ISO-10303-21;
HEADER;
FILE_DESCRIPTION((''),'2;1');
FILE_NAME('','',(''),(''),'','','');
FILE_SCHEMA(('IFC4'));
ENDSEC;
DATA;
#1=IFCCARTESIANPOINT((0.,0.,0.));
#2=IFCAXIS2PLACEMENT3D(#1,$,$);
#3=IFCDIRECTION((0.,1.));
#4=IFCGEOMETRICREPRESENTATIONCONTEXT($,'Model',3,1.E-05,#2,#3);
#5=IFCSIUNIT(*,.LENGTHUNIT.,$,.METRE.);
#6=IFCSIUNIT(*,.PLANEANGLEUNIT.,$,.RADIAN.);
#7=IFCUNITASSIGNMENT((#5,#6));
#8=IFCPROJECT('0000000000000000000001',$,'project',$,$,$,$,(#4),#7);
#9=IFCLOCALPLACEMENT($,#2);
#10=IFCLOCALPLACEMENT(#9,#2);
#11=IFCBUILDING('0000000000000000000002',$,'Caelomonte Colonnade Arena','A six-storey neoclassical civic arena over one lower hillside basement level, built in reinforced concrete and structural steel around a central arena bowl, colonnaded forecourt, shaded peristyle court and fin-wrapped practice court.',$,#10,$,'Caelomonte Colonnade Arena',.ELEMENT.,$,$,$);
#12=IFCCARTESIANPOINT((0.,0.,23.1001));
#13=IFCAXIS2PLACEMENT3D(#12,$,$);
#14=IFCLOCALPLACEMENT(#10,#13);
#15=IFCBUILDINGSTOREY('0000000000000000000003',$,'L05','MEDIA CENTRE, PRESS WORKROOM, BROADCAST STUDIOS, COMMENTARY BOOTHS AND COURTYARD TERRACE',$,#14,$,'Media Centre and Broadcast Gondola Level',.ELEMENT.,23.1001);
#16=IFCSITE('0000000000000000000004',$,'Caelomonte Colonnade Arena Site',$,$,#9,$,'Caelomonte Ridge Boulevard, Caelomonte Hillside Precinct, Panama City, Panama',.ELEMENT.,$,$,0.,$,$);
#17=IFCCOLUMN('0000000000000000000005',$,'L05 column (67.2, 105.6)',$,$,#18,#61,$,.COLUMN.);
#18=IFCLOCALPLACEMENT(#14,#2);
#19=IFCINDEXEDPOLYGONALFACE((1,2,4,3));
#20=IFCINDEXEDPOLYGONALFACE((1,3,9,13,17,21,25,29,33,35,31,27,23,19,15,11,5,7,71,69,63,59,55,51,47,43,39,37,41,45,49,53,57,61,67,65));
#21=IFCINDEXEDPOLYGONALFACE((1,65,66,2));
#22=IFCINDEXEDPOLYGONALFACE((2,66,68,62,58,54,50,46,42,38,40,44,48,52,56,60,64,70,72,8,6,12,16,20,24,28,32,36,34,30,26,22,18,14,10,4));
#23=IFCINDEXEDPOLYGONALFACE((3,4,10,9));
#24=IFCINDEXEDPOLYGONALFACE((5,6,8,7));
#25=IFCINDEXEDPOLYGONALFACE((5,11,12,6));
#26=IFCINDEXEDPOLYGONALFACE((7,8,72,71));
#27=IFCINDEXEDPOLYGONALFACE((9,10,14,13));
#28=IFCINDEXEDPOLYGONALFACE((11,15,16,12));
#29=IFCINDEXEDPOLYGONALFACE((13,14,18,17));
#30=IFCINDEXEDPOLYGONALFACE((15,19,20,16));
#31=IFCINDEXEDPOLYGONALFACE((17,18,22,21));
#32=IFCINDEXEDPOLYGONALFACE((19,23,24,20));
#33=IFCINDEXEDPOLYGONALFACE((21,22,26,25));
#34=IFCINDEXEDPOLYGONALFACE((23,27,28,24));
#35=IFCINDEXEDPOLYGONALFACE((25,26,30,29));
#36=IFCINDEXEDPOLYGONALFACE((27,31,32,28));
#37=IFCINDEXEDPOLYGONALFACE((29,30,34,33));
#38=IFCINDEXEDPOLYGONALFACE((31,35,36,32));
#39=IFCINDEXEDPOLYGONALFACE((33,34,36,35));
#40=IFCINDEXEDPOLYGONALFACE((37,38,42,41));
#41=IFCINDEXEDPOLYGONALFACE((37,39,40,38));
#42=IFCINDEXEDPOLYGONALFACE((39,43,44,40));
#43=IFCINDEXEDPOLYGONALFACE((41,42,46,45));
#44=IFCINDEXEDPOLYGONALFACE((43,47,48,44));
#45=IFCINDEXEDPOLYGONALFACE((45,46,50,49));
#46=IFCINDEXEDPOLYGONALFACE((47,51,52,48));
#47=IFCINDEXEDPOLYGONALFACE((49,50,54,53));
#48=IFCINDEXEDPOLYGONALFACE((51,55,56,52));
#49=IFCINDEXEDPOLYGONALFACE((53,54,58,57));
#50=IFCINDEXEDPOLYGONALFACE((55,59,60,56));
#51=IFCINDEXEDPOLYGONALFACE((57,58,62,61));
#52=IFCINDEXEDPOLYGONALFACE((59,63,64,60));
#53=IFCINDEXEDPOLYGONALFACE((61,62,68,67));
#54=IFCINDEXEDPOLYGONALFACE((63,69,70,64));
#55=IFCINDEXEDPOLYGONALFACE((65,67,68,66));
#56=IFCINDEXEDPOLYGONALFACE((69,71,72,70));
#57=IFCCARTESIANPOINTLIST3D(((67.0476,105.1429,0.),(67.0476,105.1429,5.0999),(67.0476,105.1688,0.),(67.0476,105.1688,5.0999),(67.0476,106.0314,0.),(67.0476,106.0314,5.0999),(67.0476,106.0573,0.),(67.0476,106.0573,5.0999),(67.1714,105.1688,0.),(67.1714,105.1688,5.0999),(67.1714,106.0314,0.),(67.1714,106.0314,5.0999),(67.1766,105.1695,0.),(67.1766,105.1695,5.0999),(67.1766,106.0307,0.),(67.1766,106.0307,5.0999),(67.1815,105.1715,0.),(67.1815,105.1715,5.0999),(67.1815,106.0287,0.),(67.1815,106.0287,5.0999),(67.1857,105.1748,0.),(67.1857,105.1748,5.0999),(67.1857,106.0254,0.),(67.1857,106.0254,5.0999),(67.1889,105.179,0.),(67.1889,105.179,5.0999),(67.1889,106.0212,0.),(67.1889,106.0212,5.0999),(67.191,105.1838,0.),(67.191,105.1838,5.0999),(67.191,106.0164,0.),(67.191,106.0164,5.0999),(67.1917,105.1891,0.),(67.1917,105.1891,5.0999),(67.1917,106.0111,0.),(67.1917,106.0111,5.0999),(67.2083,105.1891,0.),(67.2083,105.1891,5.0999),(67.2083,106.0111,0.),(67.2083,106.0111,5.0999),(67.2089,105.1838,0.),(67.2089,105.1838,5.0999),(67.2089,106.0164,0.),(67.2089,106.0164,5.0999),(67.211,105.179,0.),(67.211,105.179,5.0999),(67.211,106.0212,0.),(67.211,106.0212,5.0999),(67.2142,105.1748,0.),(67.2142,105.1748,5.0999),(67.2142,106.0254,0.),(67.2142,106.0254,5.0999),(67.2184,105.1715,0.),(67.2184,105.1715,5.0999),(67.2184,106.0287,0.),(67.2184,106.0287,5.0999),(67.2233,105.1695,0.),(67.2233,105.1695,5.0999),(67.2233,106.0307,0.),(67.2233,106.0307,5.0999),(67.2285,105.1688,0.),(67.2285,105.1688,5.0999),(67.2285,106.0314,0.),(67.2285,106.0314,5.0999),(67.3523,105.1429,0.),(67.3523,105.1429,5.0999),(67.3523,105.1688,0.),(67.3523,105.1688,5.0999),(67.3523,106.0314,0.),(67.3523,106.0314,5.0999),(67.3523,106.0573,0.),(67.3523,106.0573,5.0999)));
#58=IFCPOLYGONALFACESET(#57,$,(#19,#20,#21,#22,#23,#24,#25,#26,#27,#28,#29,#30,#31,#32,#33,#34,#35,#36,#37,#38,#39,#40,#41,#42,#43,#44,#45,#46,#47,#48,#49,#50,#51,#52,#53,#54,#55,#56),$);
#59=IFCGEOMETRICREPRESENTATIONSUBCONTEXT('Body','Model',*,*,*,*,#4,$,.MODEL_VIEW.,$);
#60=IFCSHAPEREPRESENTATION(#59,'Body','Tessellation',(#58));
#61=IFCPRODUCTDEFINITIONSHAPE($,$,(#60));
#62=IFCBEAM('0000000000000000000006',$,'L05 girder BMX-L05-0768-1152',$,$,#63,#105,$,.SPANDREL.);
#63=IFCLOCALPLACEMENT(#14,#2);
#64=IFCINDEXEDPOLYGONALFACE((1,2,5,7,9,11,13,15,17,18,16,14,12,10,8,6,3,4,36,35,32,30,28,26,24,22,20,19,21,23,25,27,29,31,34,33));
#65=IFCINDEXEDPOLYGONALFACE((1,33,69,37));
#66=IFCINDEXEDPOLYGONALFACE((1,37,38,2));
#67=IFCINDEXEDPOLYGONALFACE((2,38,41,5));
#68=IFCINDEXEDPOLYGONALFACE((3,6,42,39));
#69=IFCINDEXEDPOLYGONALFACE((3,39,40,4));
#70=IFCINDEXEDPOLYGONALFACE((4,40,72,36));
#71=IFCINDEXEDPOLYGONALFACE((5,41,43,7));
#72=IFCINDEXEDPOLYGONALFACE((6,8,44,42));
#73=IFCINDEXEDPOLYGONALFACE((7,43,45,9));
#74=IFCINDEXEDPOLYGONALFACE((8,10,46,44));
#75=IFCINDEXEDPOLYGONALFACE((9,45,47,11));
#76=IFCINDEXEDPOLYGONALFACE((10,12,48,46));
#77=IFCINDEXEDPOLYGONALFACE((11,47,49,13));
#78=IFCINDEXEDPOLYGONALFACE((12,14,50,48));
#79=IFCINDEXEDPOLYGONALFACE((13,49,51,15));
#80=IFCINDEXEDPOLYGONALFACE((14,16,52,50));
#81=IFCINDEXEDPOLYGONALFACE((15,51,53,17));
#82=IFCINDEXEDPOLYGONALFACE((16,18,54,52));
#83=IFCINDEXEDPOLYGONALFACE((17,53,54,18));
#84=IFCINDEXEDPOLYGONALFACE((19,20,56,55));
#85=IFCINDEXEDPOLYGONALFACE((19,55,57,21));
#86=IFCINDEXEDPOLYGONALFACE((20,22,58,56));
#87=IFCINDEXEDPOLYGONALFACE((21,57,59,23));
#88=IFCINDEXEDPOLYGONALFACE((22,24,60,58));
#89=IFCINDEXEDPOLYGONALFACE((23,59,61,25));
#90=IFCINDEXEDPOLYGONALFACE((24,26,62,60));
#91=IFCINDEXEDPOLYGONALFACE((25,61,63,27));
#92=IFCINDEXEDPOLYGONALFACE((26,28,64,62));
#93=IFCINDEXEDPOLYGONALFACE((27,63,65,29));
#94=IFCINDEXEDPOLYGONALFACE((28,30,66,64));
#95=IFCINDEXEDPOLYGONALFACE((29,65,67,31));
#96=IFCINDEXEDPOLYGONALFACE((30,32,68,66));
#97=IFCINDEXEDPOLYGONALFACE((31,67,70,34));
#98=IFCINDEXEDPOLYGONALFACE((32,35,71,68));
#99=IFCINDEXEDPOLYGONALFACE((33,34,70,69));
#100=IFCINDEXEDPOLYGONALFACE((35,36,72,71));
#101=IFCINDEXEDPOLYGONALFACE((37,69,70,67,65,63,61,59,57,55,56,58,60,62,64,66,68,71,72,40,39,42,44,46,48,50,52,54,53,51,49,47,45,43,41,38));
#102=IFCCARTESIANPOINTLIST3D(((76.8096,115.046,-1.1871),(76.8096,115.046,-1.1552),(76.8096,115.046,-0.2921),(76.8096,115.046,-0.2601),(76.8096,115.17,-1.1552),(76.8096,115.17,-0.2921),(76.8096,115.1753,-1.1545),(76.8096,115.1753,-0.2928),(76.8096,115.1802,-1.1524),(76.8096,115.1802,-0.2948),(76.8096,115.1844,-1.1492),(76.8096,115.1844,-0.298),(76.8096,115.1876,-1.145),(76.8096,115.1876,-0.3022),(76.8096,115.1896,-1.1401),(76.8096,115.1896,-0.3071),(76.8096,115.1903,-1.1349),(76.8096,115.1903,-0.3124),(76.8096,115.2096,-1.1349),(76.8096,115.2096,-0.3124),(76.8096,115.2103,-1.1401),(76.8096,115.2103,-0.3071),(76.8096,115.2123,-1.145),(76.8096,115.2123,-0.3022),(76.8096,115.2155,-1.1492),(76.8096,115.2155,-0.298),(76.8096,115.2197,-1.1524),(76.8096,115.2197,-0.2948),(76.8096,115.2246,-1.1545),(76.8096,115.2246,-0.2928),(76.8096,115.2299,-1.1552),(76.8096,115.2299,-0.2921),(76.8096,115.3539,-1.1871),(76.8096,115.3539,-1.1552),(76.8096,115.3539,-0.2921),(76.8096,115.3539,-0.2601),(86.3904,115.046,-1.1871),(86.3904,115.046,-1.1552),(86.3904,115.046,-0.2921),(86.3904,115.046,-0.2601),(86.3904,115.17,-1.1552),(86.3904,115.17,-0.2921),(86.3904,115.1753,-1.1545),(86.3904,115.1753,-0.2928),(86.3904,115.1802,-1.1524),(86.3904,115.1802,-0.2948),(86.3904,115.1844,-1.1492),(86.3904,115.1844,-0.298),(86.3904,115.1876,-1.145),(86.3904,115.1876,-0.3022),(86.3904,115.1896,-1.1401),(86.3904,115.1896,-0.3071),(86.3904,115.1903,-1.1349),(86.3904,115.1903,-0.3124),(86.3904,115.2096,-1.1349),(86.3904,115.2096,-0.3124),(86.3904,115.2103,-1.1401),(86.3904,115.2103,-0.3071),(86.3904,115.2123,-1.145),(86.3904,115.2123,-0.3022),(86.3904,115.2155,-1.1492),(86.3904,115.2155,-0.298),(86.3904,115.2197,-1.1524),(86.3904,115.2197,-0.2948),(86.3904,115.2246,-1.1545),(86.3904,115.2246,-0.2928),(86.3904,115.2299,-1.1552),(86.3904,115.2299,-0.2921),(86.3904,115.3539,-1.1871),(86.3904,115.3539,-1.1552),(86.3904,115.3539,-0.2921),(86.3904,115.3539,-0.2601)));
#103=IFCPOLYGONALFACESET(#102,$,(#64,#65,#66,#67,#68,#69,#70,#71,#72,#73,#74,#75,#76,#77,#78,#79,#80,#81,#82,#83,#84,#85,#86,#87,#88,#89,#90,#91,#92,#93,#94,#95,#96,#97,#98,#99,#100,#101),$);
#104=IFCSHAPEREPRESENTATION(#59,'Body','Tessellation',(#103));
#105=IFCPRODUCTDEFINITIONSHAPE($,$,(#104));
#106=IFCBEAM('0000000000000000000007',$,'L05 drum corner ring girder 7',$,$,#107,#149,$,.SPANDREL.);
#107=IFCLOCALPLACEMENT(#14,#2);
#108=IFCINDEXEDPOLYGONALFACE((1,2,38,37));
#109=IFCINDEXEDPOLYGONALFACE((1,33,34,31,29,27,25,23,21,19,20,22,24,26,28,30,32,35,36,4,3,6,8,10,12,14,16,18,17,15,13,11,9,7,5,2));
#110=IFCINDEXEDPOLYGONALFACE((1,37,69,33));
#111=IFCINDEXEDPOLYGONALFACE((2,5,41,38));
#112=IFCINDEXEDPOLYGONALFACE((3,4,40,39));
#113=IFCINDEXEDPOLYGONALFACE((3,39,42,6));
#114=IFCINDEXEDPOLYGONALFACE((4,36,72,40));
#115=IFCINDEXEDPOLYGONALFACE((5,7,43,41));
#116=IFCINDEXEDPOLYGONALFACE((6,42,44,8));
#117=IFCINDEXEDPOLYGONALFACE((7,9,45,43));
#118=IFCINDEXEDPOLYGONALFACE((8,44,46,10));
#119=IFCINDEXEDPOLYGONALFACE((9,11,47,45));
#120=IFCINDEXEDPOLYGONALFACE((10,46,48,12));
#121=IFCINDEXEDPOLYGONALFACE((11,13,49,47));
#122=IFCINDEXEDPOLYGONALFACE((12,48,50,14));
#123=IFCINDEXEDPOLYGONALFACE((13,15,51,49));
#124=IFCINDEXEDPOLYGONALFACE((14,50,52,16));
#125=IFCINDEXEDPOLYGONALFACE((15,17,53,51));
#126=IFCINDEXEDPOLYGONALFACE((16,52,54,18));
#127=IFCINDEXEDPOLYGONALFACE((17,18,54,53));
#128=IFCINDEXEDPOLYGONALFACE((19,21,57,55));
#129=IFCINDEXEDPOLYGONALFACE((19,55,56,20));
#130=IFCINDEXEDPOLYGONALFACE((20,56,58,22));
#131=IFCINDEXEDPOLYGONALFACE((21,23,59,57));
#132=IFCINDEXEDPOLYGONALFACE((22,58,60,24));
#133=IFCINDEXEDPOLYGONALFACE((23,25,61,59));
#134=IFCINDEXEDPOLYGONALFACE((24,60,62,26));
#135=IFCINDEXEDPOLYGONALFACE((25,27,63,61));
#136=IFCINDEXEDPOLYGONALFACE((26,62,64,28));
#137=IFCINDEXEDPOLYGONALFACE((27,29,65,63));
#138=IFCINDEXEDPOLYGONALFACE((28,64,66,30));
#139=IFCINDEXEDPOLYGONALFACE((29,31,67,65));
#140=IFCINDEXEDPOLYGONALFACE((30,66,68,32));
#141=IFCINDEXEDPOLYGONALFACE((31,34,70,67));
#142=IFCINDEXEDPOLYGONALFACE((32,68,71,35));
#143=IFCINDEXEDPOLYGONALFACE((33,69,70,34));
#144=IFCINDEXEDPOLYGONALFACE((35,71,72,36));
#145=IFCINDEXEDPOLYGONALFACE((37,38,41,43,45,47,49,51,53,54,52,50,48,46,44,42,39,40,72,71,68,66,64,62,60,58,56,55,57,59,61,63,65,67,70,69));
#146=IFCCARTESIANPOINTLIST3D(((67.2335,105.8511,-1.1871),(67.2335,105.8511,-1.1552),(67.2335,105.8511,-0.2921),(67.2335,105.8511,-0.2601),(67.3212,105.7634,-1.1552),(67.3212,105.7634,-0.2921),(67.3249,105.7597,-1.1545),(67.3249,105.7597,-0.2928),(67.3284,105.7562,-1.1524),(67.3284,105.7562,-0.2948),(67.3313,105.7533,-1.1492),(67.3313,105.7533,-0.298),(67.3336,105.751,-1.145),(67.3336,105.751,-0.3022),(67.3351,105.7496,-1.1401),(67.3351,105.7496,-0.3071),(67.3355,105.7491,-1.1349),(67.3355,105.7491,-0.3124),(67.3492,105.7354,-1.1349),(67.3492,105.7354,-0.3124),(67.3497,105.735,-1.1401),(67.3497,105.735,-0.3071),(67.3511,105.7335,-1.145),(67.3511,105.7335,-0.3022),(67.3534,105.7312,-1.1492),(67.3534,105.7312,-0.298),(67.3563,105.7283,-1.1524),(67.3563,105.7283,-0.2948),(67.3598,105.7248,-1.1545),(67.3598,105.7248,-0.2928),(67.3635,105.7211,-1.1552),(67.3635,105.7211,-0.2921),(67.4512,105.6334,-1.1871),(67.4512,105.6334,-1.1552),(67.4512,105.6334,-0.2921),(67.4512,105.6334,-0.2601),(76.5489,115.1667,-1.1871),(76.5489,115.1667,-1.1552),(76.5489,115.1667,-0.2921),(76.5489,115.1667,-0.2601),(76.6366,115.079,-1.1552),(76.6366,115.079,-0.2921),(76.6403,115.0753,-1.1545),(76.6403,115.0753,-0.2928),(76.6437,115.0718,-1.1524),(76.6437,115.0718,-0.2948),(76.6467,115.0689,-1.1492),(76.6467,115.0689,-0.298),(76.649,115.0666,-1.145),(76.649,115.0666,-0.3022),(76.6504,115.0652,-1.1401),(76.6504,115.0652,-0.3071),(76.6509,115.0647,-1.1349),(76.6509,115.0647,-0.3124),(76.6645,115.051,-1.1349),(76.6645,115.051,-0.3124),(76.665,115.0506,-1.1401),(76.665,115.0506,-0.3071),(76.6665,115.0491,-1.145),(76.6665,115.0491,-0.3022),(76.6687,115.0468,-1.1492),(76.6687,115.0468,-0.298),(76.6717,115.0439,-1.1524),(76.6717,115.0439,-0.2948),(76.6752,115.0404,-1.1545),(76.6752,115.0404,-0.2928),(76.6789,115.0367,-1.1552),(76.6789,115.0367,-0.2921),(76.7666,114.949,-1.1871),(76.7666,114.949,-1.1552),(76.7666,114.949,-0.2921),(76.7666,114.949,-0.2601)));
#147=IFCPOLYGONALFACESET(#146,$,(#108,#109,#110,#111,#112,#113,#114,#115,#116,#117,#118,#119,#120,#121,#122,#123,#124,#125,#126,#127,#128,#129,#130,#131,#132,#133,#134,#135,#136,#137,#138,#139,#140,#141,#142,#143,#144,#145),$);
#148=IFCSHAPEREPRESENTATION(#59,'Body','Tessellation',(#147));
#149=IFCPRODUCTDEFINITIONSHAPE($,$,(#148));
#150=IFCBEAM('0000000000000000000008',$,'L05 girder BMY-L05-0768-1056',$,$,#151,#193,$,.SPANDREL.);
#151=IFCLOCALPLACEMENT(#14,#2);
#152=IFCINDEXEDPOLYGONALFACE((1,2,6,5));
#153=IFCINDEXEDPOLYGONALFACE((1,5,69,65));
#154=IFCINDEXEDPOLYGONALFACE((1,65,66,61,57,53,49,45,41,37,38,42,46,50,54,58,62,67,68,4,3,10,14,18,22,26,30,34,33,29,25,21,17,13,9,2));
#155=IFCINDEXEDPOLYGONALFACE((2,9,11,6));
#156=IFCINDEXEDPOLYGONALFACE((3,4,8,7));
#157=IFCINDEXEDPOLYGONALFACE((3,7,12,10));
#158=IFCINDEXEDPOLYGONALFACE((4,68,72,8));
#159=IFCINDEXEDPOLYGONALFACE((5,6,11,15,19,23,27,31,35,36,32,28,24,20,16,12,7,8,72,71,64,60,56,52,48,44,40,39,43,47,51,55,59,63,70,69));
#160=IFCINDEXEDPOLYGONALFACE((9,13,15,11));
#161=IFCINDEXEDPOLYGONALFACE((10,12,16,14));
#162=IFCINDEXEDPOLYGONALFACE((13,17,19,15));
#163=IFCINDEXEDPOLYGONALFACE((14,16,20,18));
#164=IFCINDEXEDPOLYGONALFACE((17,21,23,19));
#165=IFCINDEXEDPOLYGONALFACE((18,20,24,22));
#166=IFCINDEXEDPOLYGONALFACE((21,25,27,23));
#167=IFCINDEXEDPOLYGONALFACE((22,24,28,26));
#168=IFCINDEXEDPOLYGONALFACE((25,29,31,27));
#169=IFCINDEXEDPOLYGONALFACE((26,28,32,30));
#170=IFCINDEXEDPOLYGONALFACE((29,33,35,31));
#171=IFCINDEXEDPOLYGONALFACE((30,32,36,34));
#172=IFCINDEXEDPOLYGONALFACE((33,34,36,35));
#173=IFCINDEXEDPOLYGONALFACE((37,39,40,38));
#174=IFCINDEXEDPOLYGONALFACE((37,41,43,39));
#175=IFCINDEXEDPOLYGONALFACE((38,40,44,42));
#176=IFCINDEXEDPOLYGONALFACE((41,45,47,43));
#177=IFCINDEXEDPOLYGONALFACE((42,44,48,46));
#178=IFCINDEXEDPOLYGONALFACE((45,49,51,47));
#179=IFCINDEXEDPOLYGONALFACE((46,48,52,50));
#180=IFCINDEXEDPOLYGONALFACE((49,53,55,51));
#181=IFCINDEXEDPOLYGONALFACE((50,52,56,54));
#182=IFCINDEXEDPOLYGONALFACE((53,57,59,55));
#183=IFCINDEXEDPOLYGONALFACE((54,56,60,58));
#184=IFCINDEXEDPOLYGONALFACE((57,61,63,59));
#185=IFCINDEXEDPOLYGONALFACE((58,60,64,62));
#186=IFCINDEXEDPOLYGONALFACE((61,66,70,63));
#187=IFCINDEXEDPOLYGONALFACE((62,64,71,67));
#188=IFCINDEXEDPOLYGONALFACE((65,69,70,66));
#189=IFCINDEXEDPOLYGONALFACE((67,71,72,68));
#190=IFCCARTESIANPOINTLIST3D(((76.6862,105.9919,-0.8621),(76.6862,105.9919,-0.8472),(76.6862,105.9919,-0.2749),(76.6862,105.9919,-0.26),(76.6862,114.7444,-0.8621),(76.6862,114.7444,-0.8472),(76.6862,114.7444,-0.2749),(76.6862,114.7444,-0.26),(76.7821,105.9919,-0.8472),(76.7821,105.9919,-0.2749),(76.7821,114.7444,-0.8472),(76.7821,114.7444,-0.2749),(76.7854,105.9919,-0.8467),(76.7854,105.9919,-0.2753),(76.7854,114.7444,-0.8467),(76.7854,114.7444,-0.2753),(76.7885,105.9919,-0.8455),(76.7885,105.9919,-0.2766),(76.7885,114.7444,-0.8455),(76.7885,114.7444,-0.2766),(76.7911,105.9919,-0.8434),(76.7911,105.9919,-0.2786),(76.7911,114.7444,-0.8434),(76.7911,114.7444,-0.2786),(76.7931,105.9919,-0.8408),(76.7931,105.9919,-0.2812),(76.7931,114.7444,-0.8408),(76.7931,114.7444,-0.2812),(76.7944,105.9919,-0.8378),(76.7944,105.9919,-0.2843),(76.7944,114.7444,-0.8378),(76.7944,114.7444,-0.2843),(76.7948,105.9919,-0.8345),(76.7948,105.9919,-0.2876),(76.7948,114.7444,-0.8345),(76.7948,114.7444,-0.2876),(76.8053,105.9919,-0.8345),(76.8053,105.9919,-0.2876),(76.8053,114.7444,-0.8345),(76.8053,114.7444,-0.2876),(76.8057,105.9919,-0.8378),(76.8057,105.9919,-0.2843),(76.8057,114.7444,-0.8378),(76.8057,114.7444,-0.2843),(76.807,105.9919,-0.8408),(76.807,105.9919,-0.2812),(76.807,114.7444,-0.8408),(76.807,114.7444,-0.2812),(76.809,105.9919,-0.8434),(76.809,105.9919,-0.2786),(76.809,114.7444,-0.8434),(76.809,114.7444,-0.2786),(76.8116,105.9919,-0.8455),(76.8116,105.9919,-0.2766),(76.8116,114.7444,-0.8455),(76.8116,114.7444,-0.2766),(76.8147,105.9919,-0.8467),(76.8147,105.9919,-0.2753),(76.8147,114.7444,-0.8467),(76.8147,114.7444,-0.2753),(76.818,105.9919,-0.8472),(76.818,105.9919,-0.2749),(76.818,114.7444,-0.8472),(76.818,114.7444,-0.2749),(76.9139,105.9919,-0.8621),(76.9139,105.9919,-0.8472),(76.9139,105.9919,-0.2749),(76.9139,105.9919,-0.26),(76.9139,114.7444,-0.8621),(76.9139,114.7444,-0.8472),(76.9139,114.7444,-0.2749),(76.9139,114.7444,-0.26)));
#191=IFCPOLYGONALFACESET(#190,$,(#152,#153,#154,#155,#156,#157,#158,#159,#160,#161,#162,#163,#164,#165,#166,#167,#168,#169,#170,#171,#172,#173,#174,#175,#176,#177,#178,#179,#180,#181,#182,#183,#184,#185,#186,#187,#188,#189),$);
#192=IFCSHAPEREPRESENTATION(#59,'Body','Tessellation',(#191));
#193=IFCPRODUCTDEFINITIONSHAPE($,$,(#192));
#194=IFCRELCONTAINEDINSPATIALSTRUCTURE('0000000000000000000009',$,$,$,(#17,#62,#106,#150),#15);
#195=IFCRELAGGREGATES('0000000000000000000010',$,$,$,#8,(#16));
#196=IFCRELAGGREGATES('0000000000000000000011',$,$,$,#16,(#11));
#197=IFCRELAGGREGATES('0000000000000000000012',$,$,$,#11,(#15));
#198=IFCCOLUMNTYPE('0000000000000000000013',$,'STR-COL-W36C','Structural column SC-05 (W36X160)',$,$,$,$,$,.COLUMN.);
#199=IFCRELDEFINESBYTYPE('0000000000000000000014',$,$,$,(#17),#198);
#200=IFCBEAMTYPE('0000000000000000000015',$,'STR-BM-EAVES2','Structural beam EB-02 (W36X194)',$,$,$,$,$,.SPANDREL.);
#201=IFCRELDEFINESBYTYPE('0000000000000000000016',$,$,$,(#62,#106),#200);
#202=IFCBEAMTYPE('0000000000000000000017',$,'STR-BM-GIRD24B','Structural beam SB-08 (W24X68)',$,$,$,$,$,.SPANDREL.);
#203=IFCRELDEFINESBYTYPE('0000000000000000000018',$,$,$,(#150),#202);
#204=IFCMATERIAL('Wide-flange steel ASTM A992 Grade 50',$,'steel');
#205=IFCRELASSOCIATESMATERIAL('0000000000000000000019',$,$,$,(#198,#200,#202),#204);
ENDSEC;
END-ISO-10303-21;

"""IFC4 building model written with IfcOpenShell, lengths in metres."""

from ifc_helpers import new_model, si_unit, direction, frame, origin, origin_2d, place, context, subcontext, project, spatial, i_section, extrude, material, material_profile, profile_set, type_object, element, save


model = new_model("IFC4")

# Units and contexts
model_context = context("Model", 3, precision=1e-05, world=origin(), true_north=direction((0.0, 1.0)))
body_context = subcontext(model_context, "Body", "Model", "MODEL_VIEW")
ifc_project = project(units=[si_unit("LENGTHUNIT", "METRE"), si_unit("PLANEANGLEUNIT", "RADIAN")], contexts=[model_context])

# Site, building, storey
site_placement = place(None, origin())
site = spatial("IfcSite", under=ifc_project, at=site_placement, Name="Caelomonte Colonnade Arena Site", LongName="Caelomonte Ridge Boulevard, Caelomonte Hillside Precinct, Panama City, Panama", CompositionType="ELEMENT", RefElevation=0.0)
building_placement = place(site_placement, origin())
building = spatial("IfcBuilding", under=site, at=building_placement, Name="Caelomonte Colonnade Arena", Description="A six-storey neoclassical civic arena over one lower hillside basement level, built in reinforced concrete and structural steel around a central arena bowl, colonnaded forecourt, shaded peristyle court and fin-wrapped practice court.", LongName="Caelomonte Colonnade Arena", CompositionType="ELEMENT")
storey_placement = place(building_placement, frame((0.0, 0.0, 23.1001)))
storey = spatial("IfcBuildingStorey", under=building, at=storey_placement, Name="L05", Description="MEDIA CENTRE, PRESS WORKROOM, BROADCAST STUDIOS, COMMENTARY BOOTHS AND COURTYARD TERRACE", LongName="Media Centre and Broadcast Gondola Level", CompositionType="ELEMENT", Elevation=23.1001)

# Column
ifc_material_1 = material(Name="Wide-flange steel ASTM A992 Grade 50", Category="steel")
ifc_material_profile_1 = material_profile(ifc_material_1, i_section(OverallWidth=0.3047, OverallDepth=0.9143, WebThickness=0.0166, FlangeThickness=0.0259, FilletRadius=0.0203, at=origin_2d()), Name="W36X160")
ifc_profile_set_1 = profile_set([ifc_material_profile_1], Name="Wide-flange steel ASTM A992 Grade 50")
column_type = type_object("IfcColumnType", Name="STR-COL-W36C", Description="Structural column SC-05 (W36X160)", PredefinedType="COLUMN", material=ifc_profile_set_1)
column_placement = place(storey_placement, frame((67.2, 105.6001, 0.0), z_axis=(0.0, 0.0, 1.0), x_axis=(1.0, 0.0, 0.0)))
element("IfcColumn", 1, at=column_placement, inside=storey, type_object=column_type, Name="L05 column (67.2, 105.6)", PredefinedType="COLUMN", context=body_context, shape_type="SweptSolid", body=[
    extrude(i_section(OverallWidth=0.3047, OverallDepth=0.9143, WebThickness=0.0166, FlangeThickness=0.0259, FilletRadius=0.0203, at=origin_2d()), origin(), (0.0, 0.0, 1.0), 5.0999),
])

# Beams
ifc_material_profile_2 = material_profile(ifc_material_1, i_section(OverallWidth=0.3079, OverallDepth=0.927, WebThickness=0.0193, FlangeThickness=0.032, FilletRadius=0.0203, at=origin_2d()), Name="W36X194")
ifc_profile_set_2 = profile_set([ifc_material_profile_2], Name="Wide-flange steel ASTM A992 Grade 50")
beam_type_1 = type_object("IfcBeamType", Name="STR-BM-EAVES2", Description="Structural beam EB-02 (W36X194)", PredefinedType="SPANDREL", material=ifc_profile_set_2)
beam_1_placement = place(storey_placement, frame((76.8096, 115.2, -0.7236), z_axis=(1.0, 0.0, 0.0), x_axis=(0.0, 1.0, 0.0)))
element("IfcBeam", 2, at=beam_1_placement, inside=storey, type_object=beam_type_1, Name="L05 girder BMX-L05-0768-1152", PredefinedType="SPANDREL", context=body_context, shape_type="SweptSolid", body=[
    extrude(i_section(OverallWidth=0.3079, OverallDepth=0.927, WebThickness=0.0193, FlangeThickness=0.032, FilletRadius=0.0203, at=origin_2d()), origin(), (0.0, 0.0, 1.0), 9.5808),
])
beam_2_placement = place(storey_placement, frame((76.6577, 115.0579, -0.7236), z_axis=(-0.707098, -0.707116, 0.0), x_axis=(0.707116, -0.707098, 0.0)))
element("IfcBeam", 3, at=beam_2_placement, inside=storey, type_object=beam_type_1, Name="L05 drum corner ring girder 7", PredefinedType="SPANDREL", context=body_context, shape_type="SweptSolid", body=[
    extrude(i_section(OverallWidth=0.3079, OverallDepth=0.927, WebThickness=0.0193, FlangeThickness=0.032, FilletRadius=0.0203, at=origin_2d()), origin(), (0.0, 0.0, 1.0), 13.1741),
])
ifc_material_profile_3 = material_profile(ifc_material_1, i_section(OverallWidth=0.2278, OverallDepth=0.6021, WebThickness=0.0105, FlangeThickness=0.0149, FilletRadius=0.0127, at=origin_2d()), Name="W24X68")
ifc_profile_set_3 = profile_set([ifc_material_profile_3], Name="Wide-flange steel ASTM A992 Grade 50")
beam_type_2 = type_object("IfcBeamType", Name="STR-BM-GIRD24B", Description="Structural beam SB-08 (W24X68)", PredefinedType="SPANDREL", material=ifc_profile_set_3)
beam_3_placement = place(storey_placement, frame((76.8, 105.9919, -0.561), z_axis=(0.0, 1.0, 0.0), x_axis=(-1.0, 0.0, 0.0)))
element("IfcBeam", 4, at=beam_3_placement, inside=storey, type_object=beam_type_2, Name="L05 girder BMY-L05-0768-1056", PredefinedType="SPANDREL", context=body_context, shape_type="SweptSolid", body=[
    extrude(i_section(OverallWidth=0.2278, OverallDepth=0.6021, WebThickness=0.0105, FlangeThickness=0.0149, FilletRadius=0.0127, at=origin_2d()), origin(), (0.0, 0.0, 1.0), 8.7524),
])

save(model, "model.ifc")
